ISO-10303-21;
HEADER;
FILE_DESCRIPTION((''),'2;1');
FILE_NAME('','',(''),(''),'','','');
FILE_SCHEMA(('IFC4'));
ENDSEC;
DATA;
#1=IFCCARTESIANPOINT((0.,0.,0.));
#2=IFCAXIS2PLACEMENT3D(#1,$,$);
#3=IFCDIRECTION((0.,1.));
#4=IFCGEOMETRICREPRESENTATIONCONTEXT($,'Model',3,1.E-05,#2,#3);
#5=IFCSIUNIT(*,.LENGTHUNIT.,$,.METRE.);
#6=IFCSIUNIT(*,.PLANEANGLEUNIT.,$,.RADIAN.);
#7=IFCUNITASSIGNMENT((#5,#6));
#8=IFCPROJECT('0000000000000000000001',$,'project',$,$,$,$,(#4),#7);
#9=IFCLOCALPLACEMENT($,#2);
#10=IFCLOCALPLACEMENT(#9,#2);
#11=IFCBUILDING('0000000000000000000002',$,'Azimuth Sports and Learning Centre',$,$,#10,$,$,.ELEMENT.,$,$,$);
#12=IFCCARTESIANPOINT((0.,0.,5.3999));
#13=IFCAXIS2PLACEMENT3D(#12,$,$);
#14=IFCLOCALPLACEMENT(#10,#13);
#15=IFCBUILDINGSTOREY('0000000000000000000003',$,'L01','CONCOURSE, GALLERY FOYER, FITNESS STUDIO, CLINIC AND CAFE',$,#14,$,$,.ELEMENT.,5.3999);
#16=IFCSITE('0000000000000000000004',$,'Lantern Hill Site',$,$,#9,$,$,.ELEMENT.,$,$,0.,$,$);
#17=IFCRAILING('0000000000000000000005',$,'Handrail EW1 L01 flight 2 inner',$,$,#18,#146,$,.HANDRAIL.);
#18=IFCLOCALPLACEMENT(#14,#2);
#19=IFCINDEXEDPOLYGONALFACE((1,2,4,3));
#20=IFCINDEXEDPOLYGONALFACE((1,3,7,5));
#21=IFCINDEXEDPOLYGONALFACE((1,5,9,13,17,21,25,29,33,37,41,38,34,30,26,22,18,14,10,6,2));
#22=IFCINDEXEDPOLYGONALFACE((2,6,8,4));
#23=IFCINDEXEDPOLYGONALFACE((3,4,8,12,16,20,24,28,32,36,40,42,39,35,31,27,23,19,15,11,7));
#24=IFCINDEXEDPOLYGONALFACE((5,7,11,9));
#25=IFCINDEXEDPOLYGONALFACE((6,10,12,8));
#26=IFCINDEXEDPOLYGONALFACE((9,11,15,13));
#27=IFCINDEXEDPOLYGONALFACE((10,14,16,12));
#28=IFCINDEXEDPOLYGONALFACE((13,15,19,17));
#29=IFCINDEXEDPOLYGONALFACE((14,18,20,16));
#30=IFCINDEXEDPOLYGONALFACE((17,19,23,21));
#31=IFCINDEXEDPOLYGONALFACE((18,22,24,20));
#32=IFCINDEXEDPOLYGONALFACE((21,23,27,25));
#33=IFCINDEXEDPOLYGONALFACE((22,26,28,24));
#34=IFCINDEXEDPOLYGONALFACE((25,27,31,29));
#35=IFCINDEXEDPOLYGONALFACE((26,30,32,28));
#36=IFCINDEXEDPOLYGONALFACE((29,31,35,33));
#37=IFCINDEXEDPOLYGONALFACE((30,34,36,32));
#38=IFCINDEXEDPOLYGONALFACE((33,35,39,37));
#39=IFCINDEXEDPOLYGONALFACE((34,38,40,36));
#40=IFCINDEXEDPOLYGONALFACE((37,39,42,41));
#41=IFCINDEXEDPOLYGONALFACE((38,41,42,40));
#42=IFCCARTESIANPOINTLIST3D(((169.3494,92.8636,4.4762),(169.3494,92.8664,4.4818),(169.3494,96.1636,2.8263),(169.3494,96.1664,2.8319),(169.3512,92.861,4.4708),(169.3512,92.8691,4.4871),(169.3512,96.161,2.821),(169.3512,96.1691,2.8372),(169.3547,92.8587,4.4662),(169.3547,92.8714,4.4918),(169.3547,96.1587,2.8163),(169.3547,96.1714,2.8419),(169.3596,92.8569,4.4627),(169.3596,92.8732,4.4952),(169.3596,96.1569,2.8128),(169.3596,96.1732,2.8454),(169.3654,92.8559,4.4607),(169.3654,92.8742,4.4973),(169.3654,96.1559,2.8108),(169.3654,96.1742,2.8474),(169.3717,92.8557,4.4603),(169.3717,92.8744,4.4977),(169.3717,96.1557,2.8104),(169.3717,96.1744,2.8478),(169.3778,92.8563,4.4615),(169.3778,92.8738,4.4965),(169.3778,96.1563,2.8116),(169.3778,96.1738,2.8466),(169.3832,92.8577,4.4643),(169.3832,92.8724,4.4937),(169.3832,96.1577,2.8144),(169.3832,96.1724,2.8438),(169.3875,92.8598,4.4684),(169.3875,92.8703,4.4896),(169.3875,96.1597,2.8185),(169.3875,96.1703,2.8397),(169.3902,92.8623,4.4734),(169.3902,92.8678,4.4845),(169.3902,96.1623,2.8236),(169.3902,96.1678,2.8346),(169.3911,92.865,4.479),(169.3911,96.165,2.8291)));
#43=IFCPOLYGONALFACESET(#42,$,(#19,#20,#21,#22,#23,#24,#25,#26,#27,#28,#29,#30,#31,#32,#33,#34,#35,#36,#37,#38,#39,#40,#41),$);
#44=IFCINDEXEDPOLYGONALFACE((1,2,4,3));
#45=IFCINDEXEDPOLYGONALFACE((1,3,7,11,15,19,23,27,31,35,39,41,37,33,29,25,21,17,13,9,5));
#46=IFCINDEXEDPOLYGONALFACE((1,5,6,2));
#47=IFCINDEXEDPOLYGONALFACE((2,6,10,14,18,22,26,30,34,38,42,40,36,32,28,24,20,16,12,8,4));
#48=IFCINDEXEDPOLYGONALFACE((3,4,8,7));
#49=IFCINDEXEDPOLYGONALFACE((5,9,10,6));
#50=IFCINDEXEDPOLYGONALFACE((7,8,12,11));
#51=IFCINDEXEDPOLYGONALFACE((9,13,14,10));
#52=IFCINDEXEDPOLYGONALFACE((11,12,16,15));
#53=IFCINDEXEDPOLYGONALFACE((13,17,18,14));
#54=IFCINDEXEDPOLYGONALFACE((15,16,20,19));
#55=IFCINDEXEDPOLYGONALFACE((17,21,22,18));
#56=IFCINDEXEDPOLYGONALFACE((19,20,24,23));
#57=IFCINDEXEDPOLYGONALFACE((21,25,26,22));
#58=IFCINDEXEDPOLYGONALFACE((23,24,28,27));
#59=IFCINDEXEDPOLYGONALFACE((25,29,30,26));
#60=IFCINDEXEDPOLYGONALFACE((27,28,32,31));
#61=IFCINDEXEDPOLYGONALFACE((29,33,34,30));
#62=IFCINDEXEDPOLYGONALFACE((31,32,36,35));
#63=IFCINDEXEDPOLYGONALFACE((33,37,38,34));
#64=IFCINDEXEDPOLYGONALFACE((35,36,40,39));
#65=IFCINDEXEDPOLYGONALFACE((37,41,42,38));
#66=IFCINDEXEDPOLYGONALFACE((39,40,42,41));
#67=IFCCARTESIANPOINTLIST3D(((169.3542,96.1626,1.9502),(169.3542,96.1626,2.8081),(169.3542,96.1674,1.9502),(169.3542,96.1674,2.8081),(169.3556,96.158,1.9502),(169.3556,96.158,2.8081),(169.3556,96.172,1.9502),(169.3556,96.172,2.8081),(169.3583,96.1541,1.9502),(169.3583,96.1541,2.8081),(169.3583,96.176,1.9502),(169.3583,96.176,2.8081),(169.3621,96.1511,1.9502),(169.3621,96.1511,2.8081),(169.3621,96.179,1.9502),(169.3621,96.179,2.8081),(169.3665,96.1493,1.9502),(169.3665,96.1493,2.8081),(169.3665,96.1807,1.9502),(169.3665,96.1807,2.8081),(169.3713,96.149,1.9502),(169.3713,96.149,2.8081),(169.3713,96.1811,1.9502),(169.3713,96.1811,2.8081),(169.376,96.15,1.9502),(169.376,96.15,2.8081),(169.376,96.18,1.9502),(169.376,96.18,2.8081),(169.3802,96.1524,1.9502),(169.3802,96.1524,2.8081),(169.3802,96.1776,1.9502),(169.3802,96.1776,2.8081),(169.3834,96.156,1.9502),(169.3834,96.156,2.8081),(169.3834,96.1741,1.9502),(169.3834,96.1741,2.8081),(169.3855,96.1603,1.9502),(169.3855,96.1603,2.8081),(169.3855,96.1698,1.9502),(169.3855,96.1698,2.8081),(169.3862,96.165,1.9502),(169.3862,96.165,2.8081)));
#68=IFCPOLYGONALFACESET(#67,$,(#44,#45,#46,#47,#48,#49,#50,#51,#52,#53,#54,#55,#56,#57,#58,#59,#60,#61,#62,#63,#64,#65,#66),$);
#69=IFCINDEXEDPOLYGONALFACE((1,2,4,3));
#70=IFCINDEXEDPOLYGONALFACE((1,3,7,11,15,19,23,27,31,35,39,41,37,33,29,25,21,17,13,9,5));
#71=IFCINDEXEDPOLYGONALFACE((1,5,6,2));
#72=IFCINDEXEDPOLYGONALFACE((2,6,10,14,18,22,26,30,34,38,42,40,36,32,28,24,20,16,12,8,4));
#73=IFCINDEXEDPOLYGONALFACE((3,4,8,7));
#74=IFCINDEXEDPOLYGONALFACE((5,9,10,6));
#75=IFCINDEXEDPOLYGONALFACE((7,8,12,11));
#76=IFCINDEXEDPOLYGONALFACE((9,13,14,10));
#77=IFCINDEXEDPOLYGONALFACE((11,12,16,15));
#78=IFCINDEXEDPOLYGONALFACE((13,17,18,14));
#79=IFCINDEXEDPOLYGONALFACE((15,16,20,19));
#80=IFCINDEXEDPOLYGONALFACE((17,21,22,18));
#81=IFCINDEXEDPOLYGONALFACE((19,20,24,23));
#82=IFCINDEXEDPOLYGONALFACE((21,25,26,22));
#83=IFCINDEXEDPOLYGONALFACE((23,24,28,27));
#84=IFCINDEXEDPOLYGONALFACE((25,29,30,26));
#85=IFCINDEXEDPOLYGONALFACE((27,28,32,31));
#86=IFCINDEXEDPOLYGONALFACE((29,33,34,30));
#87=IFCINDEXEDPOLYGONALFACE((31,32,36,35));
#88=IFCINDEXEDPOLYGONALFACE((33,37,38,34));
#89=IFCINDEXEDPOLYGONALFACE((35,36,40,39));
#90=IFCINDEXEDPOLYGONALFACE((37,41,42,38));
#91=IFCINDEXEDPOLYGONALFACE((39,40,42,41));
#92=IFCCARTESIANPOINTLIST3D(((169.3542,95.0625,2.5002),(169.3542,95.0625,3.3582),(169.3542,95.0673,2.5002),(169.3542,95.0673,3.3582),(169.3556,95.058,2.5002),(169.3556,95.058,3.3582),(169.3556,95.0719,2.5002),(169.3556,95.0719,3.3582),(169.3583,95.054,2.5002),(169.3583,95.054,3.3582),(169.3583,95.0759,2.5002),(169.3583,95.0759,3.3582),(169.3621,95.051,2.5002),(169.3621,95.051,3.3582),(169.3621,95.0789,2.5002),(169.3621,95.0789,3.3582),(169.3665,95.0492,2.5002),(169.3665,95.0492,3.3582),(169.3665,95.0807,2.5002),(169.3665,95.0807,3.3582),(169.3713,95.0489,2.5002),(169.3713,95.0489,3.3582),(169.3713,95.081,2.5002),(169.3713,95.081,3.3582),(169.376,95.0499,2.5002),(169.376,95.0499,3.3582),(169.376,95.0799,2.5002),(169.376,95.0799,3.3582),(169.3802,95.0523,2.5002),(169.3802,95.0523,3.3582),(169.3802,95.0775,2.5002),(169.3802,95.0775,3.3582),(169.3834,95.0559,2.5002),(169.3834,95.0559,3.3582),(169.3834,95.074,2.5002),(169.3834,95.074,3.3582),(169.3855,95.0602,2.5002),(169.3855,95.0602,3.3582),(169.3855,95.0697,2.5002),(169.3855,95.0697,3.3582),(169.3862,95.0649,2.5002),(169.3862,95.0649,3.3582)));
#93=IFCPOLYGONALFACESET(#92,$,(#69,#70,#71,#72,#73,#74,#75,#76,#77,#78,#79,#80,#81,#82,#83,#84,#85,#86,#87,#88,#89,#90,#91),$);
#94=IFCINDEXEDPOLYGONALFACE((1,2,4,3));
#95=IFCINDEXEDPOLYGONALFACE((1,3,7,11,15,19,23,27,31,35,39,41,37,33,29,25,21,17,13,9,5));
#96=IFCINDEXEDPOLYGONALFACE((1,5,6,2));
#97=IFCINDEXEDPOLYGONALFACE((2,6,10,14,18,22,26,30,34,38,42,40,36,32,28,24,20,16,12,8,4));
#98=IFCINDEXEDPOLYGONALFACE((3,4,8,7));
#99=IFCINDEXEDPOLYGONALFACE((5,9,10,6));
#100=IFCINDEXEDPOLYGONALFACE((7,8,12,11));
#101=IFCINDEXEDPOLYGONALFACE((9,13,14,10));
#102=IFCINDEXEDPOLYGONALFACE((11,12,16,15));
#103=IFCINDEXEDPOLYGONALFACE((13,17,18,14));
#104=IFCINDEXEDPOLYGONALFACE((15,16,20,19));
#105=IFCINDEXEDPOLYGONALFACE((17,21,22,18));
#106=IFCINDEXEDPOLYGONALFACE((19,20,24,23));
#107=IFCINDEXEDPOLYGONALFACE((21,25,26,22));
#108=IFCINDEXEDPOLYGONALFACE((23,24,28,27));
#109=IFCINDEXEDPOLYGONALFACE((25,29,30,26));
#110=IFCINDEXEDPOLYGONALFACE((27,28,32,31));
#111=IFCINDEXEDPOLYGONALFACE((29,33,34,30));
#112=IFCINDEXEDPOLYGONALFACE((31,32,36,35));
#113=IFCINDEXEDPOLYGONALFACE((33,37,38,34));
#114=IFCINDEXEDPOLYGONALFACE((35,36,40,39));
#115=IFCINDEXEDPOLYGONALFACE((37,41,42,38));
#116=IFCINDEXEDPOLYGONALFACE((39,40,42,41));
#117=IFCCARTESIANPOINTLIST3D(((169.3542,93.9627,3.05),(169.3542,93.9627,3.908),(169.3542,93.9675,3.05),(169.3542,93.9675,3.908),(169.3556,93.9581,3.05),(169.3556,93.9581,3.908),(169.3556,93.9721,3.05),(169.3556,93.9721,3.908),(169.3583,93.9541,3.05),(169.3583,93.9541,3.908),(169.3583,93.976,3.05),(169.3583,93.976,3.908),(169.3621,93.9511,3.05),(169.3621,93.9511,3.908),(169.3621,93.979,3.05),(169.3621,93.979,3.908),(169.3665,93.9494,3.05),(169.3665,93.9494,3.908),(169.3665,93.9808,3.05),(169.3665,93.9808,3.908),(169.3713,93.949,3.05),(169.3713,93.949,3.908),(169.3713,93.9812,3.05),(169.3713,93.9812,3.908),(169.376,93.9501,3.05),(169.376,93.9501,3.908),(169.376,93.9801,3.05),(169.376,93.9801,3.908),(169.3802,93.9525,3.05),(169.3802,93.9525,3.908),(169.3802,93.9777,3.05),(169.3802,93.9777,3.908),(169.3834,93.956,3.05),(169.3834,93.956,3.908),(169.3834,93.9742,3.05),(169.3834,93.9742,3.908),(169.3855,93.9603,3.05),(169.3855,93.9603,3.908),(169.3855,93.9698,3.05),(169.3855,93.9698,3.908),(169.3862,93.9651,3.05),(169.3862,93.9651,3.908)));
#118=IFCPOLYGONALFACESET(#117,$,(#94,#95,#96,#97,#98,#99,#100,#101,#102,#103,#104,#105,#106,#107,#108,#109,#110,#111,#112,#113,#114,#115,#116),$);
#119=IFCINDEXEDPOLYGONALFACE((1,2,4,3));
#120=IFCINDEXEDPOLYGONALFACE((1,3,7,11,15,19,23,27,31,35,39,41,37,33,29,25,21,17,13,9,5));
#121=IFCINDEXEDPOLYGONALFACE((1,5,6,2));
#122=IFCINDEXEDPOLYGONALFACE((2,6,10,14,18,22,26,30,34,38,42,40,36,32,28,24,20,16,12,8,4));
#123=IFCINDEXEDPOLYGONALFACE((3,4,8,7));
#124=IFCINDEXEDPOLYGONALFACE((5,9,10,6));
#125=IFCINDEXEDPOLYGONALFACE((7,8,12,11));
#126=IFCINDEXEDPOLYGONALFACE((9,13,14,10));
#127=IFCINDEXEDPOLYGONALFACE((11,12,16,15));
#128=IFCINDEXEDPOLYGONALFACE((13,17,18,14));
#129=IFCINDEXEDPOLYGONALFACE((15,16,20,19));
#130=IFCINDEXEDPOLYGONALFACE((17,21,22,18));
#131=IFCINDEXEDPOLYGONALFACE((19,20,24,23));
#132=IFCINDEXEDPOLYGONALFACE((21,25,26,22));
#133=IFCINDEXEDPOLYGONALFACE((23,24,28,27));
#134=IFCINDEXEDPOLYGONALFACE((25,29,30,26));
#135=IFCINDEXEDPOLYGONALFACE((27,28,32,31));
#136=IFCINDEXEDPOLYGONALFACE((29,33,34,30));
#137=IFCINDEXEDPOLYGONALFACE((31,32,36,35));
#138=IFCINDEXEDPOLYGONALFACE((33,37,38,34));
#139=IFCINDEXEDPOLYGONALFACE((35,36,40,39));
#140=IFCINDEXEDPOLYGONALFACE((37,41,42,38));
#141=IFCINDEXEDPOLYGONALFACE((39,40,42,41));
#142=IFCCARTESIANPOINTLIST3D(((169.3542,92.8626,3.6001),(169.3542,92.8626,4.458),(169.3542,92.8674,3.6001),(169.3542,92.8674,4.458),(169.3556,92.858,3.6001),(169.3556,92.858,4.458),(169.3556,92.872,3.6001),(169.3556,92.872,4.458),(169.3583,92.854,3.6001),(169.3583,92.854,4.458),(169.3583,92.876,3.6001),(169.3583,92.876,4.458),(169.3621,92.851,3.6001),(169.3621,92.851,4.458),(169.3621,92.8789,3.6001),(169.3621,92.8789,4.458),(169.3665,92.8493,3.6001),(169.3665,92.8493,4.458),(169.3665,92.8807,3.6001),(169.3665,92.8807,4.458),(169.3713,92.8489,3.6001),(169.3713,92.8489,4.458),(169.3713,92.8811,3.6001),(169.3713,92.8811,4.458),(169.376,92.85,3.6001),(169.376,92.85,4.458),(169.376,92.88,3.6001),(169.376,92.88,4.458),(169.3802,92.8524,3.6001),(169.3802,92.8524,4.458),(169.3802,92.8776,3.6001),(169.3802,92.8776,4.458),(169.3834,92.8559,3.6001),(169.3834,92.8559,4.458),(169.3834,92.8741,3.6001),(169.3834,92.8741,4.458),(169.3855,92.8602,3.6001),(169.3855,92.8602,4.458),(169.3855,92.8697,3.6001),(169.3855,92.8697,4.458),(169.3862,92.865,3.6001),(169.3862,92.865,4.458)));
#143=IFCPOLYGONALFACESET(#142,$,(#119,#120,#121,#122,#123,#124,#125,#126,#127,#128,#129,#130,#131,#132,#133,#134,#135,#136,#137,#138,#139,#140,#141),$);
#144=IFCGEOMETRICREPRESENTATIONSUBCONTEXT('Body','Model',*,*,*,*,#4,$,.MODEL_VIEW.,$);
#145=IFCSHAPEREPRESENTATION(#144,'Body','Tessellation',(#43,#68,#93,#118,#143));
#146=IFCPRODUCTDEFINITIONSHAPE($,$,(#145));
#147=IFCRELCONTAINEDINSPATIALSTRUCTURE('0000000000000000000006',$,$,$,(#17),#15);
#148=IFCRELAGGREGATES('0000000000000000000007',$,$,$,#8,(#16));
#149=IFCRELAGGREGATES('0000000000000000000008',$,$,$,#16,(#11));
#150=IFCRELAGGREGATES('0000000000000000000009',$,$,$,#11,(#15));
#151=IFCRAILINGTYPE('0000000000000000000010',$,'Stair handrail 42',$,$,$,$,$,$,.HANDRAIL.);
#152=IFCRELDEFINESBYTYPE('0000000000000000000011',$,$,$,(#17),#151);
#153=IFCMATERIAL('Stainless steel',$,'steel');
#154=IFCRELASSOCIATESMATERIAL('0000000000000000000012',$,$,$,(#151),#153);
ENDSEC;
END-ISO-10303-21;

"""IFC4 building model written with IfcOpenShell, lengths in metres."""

from ifc_helpers import new_model, si_unit, direction, frame, origin, origin_2d, place, context, subcontext, project, spatial, circle, extrude, material, type_object, element, save


model = new_model("IFC4")

# Units and contexts
model_context = context("Model", 3, precision=1e-05, world=origin(), true_north=direction((0.0, 1.0)))
body_context = subcontext(model_context, "Body", "Model", "MODEL_VIEW")
ifc_project = project(units=[si_unit("LENGTHUNIT", "METRE"), si_unit("PLANEANGLEUNIT", "RADIAN")], contexts=[model_context])

# Site, building, storey
site_placement = place(None, origin())
site = spatial("IfcSite", under=ifc_project, at=site_placement, Name="Lantern Hill Site", CompositionType="ELEMENT", RefElevation=0.0)
building_placement = place(site_placement, origin())
building = spatial("IfcBuilding", under=site, at=building_placement, Name="Azimuth Sports and Learning Centre", CompositionType="ELEMENT")
storey_placement = place(building_placement, frame((0.0, 0.0, 5.3999)))
storey = spatial("IfcBuildingStorey", under=building, at=storey_placement, Name="L01", Description="CONCOURSE, GALLERY FOYER, FITNESS STUDIO, CLINIC AND CAFE", CompositionType="ELEMENT", Elevation=5.3999)

# Railing
ifc_material_1 = material(Name="Stainless steel", Category="steel")
railing_type = type_object("IfcRailingType", Name="Stair handrail 42", PredefinedType="HANDRAIL", material=ifc_material_1)
for number, where, name in (
    (1, (169.3701, 96.165, 1.9502), "Handrail EW1 L01 flight 2 inner"),
):
    element("IfcRailing", number, at=place(storey_placement, frame(where)), inside=storey, type_object=railing_type, Name=name, PredefinedType="HANDRAIL", context=body_context, shape_type="SweptSolid", body=[
        extrude(circle(Radius=0.021, at=origin_2d()), frame((0.0, 0.0, 0.8789), z_axis=(0.0, -0.89444, 0.447187), x_axis=(1.0, 0.0, 0.0)), (0.0, 0.0, 1.0), 3.6895),
        extrude(circle(Radius=0.0161, at=origin_2d()), origin(), (0.0, 0.0, 1.0), 0.8579),
        extrude(circle(Radius=0.0161, at=origin_2d()), frame((0.0, -1.1001, 0.55)), (0.0, 0.0, 1.0), 0.8579),
        extrude(circle(Radius=0.0161, at=origin_2d()), frame((0.0, -2.2, 1.0999)), (0.0, 0.0, 1.0), 0.8579),
        extrude(circle(Radius=0.0161, at=origin_2d()), frame((0.0, -3.3, 1.6499)), (0.0, 0.0, 1.0), 0.8579),
    ])

save(model, "model.ifc")
